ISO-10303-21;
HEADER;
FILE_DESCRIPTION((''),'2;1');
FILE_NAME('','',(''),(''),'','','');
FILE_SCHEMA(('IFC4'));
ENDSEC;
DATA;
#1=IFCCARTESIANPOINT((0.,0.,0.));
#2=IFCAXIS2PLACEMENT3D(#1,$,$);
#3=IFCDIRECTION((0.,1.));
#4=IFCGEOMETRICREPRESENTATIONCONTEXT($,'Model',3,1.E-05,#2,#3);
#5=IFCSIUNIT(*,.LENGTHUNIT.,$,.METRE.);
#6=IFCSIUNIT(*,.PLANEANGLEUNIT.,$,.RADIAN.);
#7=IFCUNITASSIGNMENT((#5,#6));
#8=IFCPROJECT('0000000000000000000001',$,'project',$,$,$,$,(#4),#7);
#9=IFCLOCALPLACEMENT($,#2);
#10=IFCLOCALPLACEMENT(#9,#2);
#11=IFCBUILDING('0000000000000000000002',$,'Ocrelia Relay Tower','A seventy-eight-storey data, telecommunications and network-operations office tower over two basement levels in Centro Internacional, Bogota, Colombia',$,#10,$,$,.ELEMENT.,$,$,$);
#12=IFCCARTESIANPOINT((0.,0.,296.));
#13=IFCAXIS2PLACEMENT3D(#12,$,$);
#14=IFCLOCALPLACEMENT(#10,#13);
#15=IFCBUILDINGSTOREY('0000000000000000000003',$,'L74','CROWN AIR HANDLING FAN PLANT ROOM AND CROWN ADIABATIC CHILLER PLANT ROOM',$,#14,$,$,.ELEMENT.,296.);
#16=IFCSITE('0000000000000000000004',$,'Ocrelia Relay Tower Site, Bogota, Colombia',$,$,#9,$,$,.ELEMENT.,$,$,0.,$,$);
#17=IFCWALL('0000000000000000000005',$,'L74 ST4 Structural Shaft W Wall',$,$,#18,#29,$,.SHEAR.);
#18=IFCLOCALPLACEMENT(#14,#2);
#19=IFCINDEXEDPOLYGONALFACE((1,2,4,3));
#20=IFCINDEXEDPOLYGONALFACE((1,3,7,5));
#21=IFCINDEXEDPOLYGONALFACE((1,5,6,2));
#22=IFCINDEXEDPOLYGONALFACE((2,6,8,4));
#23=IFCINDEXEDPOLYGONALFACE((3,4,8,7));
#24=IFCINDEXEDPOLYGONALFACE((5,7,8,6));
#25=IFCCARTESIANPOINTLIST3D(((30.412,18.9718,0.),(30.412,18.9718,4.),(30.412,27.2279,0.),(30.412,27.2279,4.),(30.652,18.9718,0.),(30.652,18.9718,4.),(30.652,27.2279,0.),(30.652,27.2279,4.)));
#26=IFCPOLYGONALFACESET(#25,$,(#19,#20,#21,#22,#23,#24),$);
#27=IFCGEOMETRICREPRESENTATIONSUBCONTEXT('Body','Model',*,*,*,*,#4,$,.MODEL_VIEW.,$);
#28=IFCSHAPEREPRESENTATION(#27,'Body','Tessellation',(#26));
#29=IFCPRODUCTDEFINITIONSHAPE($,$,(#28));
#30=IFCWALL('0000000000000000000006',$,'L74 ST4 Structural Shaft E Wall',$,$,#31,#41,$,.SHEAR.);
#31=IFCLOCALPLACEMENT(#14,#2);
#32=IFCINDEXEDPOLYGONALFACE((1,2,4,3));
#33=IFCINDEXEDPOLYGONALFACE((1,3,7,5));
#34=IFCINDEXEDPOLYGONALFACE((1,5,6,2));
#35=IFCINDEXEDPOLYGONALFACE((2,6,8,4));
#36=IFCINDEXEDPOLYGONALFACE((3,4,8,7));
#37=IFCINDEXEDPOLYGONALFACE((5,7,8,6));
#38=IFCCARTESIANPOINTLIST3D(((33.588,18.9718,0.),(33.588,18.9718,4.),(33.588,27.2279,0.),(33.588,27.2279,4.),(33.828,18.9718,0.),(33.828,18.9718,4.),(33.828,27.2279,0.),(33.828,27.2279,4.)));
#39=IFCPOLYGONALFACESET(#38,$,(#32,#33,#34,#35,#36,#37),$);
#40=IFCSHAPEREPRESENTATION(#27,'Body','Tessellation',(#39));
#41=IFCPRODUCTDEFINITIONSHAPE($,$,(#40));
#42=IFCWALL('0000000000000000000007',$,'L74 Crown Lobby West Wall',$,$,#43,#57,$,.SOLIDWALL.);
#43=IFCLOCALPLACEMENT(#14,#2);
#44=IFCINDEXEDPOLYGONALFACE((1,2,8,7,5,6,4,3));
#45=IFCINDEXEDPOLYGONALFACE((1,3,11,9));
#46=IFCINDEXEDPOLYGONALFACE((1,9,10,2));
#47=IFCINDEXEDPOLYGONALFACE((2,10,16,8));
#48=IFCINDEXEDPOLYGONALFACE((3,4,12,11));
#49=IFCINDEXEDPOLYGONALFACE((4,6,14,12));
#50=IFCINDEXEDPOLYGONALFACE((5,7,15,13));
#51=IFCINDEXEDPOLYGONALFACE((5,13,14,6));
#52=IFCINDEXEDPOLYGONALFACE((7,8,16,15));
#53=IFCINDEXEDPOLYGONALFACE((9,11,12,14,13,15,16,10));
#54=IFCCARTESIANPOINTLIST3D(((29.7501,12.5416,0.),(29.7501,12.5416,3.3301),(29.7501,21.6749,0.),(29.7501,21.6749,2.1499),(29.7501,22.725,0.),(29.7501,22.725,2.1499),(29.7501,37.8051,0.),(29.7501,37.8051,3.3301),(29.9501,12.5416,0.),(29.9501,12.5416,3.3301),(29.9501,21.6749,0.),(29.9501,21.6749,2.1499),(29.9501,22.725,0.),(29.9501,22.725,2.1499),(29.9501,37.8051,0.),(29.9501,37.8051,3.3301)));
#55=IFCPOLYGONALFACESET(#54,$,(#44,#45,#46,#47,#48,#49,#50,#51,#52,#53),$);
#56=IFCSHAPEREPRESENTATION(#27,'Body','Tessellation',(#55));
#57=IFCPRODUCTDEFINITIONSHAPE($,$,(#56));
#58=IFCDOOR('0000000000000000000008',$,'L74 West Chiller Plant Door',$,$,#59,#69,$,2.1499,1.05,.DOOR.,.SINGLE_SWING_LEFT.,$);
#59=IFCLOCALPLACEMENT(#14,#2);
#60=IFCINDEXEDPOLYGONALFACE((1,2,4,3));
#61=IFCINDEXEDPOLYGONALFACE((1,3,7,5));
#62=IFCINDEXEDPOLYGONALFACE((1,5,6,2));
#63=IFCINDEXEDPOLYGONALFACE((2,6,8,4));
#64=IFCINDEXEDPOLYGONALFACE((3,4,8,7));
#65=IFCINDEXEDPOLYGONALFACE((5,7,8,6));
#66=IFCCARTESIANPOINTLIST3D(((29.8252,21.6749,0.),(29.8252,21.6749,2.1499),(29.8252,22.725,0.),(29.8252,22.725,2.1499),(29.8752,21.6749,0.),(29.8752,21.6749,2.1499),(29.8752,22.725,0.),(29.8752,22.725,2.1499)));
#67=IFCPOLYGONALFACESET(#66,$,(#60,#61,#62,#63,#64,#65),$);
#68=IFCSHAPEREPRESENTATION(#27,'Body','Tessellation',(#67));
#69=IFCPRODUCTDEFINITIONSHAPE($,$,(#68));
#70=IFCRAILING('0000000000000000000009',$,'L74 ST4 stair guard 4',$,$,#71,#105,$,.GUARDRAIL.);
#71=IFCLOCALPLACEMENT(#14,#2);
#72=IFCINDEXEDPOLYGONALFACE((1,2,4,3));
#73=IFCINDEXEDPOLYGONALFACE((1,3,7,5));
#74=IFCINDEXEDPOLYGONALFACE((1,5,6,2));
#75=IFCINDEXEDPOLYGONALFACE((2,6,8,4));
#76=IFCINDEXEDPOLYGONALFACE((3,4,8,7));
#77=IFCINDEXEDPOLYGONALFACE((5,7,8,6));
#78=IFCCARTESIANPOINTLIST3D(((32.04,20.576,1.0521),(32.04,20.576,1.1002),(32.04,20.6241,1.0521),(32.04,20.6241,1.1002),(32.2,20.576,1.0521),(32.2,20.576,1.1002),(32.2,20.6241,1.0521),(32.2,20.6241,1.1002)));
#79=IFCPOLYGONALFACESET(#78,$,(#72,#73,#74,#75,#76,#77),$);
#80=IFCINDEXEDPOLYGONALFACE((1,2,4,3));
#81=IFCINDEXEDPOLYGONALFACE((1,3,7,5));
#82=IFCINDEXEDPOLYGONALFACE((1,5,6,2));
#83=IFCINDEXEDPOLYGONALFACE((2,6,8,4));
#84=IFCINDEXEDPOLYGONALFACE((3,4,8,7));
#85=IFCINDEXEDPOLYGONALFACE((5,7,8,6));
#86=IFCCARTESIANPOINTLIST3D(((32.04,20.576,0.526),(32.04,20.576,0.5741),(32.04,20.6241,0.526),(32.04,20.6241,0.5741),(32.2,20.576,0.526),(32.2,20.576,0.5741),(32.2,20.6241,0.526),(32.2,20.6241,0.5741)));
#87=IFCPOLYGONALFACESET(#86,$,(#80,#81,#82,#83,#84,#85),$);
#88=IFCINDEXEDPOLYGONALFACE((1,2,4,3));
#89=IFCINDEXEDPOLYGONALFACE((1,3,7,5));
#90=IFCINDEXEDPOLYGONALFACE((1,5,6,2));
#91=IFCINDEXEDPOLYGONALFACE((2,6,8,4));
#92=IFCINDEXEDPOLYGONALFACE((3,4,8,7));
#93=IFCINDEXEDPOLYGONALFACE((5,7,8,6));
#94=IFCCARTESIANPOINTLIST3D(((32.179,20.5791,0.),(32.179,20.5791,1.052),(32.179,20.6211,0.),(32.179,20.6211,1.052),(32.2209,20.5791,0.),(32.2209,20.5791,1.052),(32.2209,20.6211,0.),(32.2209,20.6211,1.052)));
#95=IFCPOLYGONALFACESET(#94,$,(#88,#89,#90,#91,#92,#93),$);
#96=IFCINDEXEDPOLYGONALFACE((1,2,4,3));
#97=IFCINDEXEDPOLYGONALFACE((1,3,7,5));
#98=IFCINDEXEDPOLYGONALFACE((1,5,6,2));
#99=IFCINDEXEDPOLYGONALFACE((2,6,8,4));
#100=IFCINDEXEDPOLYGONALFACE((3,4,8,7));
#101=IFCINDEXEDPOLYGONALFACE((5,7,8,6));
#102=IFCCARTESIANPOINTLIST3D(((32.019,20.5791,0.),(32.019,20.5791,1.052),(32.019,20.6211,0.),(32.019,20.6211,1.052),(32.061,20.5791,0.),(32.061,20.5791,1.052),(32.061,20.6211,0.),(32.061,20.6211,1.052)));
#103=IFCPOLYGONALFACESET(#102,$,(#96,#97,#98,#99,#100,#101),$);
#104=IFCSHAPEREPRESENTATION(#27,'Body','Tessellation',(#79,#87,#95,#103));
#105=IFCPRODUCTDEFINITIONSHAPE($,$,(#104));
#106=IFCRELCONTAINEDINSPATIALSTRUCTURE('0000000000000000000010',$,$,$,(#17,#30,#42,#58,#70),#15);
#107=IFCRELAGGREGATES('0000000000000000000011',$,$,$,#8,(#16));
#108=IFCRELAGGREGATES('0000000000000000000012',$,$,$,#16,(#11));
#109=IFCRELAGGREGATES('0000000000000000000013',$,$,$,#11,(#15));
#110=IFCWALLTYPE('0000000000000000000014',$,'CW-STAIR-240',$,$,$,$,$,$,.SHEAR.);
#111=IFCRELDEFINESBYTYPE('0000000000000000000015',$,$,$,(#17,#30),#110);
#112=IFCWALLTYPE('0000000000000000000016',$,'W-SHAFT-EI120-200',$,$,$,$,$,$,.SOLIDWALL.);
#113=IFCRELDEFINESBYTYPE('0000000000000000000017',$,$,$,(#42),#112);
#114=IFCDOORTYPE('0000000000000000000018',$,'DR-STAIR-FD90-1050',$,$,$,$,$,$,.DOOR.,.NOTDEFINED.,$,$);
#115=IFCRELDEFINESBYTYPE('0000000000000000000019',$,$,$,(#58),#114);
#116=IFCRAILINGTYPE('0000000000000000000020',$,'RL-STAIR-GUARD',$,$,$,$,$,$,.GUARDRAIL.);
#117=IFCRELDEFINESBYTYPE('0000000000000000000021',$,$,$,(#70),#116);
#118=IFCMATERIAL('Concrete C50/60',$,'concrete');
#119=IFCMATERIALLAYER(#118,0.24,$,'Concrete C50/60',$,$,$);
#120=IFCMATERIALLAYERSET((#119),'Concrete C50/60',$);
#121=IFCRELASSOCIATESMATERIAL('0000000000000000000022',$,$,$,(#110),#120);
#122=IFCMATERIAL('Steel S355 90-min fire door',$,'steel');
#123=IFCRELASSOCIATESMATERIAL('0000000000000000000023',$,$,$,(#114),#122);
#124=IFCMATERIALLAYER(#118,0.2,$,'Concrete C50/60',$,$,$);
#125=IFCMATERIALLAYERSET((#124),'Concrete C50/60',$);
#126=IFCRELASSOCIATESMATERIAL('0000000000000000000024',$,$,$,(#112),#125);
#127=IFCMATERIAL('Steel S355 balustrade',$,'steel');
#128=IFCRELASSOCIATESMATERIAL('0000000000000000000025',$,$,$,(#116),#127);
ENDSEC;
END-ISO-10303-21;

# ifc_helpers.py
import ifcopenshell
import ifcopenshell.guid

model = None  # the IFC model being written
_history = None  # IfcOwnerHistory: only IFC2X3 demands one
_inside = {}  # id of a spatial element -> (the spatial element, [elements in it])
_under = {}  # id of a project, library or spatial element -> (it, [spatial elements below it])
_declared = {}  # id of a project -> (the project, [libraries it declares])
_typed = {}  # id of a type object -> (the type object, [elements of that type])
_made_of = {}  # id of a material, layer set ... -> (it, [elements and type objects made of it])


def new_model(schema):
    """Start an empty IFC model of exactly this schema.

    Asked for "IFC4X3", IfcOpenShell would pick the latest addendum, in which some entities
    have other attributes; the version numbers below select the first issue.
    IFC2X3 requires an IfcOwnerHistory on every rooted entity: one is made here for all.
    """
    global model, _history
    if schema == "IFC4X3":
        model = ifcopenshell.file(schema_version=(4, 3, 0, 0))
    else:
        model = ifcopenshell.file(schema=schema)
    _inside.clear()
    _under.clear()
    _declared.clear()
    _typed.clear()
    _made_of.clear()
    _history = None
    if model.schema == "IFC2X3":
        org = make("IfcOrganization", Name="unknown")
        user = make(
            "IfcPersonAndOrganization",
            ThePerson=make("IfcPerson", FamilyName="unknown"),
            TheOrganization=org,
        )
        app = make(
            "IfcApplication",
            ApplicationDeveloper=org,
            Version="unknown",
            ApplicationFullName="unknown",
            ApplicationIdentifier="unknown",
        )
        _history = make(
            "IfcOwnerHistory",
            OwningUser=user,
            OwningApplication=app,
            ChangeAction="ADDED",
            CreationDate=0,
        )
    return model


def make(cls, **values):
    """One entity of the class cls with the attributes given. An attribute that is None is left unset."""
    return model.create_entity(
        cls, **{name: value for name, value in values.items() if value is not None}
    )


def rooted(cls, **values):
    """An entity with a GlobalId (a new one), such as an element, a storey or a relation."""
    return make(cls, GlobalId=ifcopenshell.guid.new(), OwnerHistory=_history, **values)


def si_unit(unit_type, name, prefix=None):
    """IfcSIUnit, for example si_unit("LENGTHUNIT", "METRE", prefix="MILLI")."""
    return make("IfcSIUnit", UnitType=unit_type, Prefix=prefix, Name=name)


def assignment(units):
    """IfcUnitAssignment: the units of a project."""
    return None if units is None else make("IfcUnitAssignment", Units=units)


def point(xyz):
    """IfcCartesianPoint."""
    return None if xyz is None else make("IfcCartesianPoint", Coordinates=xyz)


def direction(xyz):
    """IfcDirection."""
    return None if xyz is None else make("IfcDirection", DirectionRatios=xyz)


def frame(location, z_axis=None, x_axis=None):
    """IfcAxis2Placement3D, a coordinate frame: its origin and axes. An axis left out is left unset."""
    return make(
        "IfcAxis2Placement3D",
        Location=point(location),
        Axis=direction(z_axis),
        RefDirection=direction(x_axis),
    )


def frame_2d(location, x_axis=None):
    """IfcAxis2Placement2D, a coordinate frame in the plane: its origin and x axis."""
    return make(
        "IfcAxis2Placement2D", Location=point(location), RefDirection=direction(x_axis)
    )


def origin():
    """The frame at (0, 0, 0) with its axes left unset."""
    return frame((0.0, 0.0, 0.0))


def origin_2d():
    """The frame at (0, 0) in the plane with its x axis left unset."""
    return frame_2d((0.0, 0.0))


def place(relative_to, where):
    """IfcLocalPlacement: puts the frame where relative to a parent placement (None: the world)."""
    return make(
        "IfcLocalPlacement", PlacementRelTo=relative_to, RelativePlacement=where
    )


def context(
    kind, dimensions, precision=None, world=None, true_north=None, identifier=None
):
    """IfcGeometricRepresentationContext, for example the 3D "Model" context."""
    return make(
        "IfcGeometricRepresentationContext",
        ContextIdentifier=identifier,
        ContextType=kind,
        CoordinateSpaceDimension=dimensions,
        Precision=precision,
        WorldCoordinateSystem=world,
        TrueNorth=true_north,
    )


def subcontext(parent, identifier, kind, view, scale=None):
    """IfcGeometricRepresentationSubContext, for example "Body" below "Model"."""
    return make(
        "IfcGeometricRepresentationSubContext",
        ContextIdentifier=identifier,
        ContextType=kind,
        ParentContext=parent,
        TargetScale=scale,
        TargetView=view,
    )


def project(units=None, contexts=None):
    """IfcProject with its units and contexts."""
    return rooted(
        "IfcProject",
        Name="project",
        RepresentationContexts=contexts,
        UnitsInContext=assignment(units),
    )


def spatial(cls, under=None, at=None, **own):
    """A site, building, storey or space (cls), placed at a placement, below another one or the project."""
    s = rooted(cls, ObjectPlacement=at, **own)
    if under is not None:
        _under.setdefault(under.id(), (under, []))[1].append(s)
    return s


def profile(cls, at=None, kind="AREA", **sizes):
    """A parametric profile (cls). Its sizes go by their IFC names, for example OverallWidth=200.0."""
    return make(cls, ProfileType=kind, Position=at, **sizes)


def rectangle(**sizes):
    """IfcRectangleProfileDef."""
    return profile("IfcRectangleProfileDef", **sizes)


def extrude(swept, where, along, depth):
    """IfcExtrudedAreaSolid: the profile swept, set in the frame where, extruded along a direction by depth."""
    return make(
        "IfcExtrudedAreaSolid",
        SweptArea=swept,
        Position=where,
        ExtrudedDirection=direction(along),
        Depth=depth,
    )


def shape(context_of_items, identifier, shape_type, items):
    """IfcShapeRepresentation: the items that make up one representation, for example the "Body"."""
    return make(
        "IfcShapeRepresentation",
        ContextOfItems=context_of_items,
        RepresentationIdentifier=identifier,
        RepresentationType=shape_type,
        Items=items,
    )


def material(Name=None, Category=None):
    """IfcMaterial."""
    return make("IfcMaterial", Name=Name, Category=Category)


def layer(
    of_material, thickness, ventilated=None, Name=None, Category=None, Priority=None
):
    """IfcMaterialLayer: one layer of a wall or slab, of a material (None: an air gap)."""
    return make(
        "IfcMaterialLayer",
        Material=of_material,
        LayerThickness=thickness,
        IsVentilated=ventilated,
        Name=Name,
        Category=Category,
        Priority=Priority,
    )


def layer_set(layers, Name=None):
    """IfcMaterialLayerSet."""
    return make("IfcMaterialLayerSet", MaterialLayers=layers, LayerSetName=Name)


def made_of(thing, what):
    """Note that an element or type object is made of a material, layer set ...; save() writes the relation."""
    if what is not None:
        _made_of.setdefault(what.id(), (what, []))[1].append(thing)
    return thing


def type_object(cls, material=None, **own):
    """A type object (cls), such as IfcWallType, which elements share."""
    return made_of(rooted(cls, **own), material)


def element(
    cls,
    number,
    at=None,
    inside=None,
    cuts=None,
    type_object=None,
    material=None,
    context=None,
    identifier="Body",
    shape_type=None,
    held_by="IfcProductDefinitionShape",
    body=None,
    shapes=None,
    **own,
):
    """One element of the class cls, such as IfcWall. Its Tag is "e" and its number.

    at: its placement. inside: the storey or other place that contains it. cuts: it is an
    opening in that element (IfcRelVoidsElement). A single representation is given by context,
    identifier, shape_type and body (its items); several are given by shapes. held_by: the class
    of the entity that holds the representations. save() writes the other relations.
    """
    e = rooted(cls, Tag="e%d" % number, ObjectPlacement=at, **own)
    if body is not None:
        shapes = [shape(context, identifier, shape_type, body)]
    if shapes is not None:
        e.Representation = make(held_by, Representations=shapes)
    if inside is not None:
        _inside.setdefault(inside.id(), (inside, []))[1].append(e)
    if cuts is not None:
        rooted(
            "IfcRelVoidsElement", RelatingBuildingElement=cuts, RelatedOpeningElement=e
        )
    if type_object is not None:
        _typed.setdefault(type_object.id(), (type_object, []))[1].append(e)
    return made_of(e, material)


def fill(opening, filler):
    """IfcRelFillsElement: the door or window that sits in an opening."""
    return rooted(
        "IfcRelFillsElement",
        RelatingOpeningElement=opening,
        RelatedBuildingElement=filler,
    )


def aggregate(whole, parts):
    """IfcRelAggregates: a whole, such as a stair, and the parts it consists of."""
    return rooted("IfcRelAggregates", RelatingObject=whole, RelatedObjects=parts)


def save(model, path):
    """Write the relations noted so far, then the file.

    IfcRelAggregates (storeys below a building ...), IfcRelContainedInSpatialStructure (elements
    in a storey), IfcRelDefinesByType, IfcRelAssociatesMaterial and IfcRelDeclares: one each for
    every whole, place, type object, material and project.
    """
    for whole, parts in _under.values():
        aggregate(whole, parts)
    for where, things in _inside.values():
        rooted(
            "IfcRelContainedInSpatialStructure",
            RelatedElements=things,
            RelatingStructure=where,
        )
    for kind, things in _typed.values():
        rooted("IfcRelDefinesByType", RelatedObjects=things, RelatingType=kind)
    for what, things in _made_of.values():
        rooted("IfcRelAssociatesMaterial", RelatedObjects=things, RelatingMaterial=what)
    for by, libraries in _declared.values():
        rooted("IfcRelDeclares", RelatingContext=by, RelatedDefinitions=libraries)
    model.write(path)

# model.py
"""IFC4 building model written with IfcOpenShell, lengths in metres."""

from ifc_helpers import new_model, si_unit, direction, frame, frame_2d, origin, origin_2d, place, context, subcontext, project, spatial, rectangle, extrude, material, layer, layer_set, type_object, element, fill, save


model = new_model("IFC4")

# Units and contexts
model_context = context("Model", 3, precision=1e-05, world=origin(), true_north=direction((0.0, 1.0)))
body_context = subcontext(model_context, "Body", "Model", "MODEL_VIEW")
ifc_project = project(units=[si_unit("LENGTHUNIT", "METRE"), si_unit("PLANEANGLEUNIT", "RADIAN")], contexts=[model_context])

# Site, building, storey
site_placement = place(None, origin())
site = spatial("IfcSite", under=ifc_project, at=site_placement, Name="Ocrelia Relay Tower Site, Bogota, Colombia", CompositionType="ELEMENT", RefElevation=0.0)
building_placement = place(site_placement, origin())
building = spatial("IfcBuilding", under=site, at=building_placement, Name="Ocrelia Relay Tower", Description="A seventy-eight-storey data, telecommunications and network-operations office tower over two basement levels in Centro Internacional, Bogota, Colombia", CompositionType="ELEMENT")
storey_placement = place(building_placement, frame((0.0, 0.0, 296.0)))
storey = spatial("IfcBuildingStorey", under=building, at=storey_placement, Name="L74", Description="CROWN AIR HANDLING FAN PLANT ROOM AND CROWN ADIABATIC CHILLER PLANT ROOM", CompositionType="ELEMENT", Elevation=296.0)

# Shared definitions
ifc_material_1 = material(Name="Concrete C50/60", Category="concrete")
ifc_layer_1 = layer(ifc_material_1, 0.24, Name="Concrete C50/60")
ifc_layer_set_1 = layer_set([ifc_layer_1], Name="Concrete C50/60")
wall_type_1 = type_object("IfcWallType", Name="CW-STAIR-240", PredefinedType="SHEAR", material=ifc_layer_set_1)
ifc_material_2 = material(Name="Steel S355 90-min fire door", Category="steel")
door_type = type_object("IfcDoorType", Name="DR-STAIR-FD90-1050", OperationType="NOTDEFINED", PredefinedType="DOOR", material=ifc_material_2)

# Walls
for number, where, z_axis, x_axis, name in (
    (1, (30.532, 18.9719, 0.0), (0.0, 0.0, 1.0), (0.0, 1.0, 0.0), "L74 ST4 Structural Shaft W Wall"),
    (2, (33.708, 18.9719, 0.0), (0.0, 0.0, 1.0), (0.0, 1.0, 0.0), "L74 ST4 Structural Shaft E Wall"),
):
    element("IfcWall", number, at=place(storey_placement, frame(where, z_axis=z_axis, x_axis=x_axis)), inside=storey, type_object=wall_type_1, Name=name, PredefinedType="SHEAR", context=body_context, shape_type="SweptSolid", body=[
        extrude(rectangle(XDim=8.2561, YDim=0.24, at=frame_2d((4.1279, 0.0))), origin(), (0.0, 0.0, 1.0), 4.0),
    ])

# Wall, opening, door
ifc_layer_2 = layer(ifc_material_1, 0.2, Name="Concrete C50/60")
ifc_layer_set_2 = layer_set([ifc_layer_2], Name="Concrete C50/60")
wall_type_2 = type_object("IfcWallType", Name="W-SHAFT-EI120-200", PredefinedType="SOLIDWALL", material=ifc_layer_set_2)
wall_1_placement = place(storey_placement, frame((29.8501, 12.5415, 0.0), z_axis=(0.0, 0.0, 1.0), x_axis=(0.0, 1.0, 0.0)))
wall_1 = element("IfcWall", 3, at=wall_1_placement, inside=storey, type_object=wall_type_2, Name="L74 Crown Lobby West Wall", PredefinedType="SOLIDWALL", context=body_context, shape_type="SweptSolid", body=[
    extrude(rectangle(XDim=25.2634, YDim=0.2, at=frame_2d((12.6318, 0.0))), origin(), (0.0, 0.0, 1.0), 3.3301),
])
opening_1_placement = place(wall_1_placement, frame((9.1335, 0.0, 0.0)))
opening_1 = element("IfcOpeningElement", 4, at=opening_1_placement, cuts=wall_1, PredefinedType="OPENING", context=body_context, shape_type="SweptSolid", body=[
    extrude(rectangle(XDim=1.05, YDim=2.1499, at=frame_2d((0.5249, 1.075))), frame((0.0, 0.1099, 0.0), z_axis=(0.0, -1.0, 0.0), x_axis=(1.0, 0.0, 0.0)), (0.0, 0.0, 1.0), 0.22),
])
door_1_placement = place(opening_1_placement, origin())
door_1 = element("IfcDoor", 5, at=door_1_placement, inside=storey, type_object=door_type, Name="L74 West Chiller Plant Door", OperationType="SINGLE_SWING_LEFT", OverallHeight=2.1499, OverallWidth=1.05, PredefinedType="DOOR", context=body_context, shape_type="SweptSolid", body=[
    extrude(rectangle(XDim=1.05, YDim=2.1499, at=frame_2d((0.5249, 1.075))), frame((0.0, 0.0249, 0.0), z_axis=(0.0, -1.0, 0.0), x_axis=(1.0, 0.0, 0.0)), (0.0, 0.0, 1.0), 0.05),
])
fill(opening_1, door_1)

# Railing
ifc_material_3 = material(Name="Steel S355 balustrade", Category="steel")
railing_type = type_object("IfcRailingType", Name="RL-STAIR-GUARD", PredefinedType="GUARDRAIL", material=ifc_material_3)
railing_placement = place(storey_placement, frame((32.2, 20.6001, 0.0)))
element("IfcRailing", 6, at=railing_placement, inside=storey, type_object=railing_type, Name="L74 ST4 stair guard 4", PredefinedType="GUARDRAIL", context=body_context, shape_type="SweptSolid", body=[
    extrude(rectangle(XDim=0.0481, YDim=0.0481, at=origin_2d()), frame((0.0, 0.0, 1.0762), z_axis=(-1.0, 0.0, 0.0), x_axis=(0.0, -1.0, 0.0)), (0.0, 0.0, 1.0), 0.1599),
    extrude(rectangle(XDim=0.0481, YDim=0.0481, at=origin_2d()), frame((0.0, 0.0, 0.55), z_axis=(-1.0, 0.0, 0.0), x_axis=(0.0, -1.0, 0.0)), (0.0, 0.0, 1.0), 0.1599),
    extrude(rectangle(XDim=0.042, YDim=0.042, at=origin_2d()), origin(), (0.0, 0.0, 1.0), 1.052),
    extrude(rectangle(XDim=0.042, YDim=0.042, at=origin_2d()), frame((-0.1599, 0.0, 0.0)), (0.0, 0.0, 1.0), 1.052),
])

save(model, "model.ifc")
